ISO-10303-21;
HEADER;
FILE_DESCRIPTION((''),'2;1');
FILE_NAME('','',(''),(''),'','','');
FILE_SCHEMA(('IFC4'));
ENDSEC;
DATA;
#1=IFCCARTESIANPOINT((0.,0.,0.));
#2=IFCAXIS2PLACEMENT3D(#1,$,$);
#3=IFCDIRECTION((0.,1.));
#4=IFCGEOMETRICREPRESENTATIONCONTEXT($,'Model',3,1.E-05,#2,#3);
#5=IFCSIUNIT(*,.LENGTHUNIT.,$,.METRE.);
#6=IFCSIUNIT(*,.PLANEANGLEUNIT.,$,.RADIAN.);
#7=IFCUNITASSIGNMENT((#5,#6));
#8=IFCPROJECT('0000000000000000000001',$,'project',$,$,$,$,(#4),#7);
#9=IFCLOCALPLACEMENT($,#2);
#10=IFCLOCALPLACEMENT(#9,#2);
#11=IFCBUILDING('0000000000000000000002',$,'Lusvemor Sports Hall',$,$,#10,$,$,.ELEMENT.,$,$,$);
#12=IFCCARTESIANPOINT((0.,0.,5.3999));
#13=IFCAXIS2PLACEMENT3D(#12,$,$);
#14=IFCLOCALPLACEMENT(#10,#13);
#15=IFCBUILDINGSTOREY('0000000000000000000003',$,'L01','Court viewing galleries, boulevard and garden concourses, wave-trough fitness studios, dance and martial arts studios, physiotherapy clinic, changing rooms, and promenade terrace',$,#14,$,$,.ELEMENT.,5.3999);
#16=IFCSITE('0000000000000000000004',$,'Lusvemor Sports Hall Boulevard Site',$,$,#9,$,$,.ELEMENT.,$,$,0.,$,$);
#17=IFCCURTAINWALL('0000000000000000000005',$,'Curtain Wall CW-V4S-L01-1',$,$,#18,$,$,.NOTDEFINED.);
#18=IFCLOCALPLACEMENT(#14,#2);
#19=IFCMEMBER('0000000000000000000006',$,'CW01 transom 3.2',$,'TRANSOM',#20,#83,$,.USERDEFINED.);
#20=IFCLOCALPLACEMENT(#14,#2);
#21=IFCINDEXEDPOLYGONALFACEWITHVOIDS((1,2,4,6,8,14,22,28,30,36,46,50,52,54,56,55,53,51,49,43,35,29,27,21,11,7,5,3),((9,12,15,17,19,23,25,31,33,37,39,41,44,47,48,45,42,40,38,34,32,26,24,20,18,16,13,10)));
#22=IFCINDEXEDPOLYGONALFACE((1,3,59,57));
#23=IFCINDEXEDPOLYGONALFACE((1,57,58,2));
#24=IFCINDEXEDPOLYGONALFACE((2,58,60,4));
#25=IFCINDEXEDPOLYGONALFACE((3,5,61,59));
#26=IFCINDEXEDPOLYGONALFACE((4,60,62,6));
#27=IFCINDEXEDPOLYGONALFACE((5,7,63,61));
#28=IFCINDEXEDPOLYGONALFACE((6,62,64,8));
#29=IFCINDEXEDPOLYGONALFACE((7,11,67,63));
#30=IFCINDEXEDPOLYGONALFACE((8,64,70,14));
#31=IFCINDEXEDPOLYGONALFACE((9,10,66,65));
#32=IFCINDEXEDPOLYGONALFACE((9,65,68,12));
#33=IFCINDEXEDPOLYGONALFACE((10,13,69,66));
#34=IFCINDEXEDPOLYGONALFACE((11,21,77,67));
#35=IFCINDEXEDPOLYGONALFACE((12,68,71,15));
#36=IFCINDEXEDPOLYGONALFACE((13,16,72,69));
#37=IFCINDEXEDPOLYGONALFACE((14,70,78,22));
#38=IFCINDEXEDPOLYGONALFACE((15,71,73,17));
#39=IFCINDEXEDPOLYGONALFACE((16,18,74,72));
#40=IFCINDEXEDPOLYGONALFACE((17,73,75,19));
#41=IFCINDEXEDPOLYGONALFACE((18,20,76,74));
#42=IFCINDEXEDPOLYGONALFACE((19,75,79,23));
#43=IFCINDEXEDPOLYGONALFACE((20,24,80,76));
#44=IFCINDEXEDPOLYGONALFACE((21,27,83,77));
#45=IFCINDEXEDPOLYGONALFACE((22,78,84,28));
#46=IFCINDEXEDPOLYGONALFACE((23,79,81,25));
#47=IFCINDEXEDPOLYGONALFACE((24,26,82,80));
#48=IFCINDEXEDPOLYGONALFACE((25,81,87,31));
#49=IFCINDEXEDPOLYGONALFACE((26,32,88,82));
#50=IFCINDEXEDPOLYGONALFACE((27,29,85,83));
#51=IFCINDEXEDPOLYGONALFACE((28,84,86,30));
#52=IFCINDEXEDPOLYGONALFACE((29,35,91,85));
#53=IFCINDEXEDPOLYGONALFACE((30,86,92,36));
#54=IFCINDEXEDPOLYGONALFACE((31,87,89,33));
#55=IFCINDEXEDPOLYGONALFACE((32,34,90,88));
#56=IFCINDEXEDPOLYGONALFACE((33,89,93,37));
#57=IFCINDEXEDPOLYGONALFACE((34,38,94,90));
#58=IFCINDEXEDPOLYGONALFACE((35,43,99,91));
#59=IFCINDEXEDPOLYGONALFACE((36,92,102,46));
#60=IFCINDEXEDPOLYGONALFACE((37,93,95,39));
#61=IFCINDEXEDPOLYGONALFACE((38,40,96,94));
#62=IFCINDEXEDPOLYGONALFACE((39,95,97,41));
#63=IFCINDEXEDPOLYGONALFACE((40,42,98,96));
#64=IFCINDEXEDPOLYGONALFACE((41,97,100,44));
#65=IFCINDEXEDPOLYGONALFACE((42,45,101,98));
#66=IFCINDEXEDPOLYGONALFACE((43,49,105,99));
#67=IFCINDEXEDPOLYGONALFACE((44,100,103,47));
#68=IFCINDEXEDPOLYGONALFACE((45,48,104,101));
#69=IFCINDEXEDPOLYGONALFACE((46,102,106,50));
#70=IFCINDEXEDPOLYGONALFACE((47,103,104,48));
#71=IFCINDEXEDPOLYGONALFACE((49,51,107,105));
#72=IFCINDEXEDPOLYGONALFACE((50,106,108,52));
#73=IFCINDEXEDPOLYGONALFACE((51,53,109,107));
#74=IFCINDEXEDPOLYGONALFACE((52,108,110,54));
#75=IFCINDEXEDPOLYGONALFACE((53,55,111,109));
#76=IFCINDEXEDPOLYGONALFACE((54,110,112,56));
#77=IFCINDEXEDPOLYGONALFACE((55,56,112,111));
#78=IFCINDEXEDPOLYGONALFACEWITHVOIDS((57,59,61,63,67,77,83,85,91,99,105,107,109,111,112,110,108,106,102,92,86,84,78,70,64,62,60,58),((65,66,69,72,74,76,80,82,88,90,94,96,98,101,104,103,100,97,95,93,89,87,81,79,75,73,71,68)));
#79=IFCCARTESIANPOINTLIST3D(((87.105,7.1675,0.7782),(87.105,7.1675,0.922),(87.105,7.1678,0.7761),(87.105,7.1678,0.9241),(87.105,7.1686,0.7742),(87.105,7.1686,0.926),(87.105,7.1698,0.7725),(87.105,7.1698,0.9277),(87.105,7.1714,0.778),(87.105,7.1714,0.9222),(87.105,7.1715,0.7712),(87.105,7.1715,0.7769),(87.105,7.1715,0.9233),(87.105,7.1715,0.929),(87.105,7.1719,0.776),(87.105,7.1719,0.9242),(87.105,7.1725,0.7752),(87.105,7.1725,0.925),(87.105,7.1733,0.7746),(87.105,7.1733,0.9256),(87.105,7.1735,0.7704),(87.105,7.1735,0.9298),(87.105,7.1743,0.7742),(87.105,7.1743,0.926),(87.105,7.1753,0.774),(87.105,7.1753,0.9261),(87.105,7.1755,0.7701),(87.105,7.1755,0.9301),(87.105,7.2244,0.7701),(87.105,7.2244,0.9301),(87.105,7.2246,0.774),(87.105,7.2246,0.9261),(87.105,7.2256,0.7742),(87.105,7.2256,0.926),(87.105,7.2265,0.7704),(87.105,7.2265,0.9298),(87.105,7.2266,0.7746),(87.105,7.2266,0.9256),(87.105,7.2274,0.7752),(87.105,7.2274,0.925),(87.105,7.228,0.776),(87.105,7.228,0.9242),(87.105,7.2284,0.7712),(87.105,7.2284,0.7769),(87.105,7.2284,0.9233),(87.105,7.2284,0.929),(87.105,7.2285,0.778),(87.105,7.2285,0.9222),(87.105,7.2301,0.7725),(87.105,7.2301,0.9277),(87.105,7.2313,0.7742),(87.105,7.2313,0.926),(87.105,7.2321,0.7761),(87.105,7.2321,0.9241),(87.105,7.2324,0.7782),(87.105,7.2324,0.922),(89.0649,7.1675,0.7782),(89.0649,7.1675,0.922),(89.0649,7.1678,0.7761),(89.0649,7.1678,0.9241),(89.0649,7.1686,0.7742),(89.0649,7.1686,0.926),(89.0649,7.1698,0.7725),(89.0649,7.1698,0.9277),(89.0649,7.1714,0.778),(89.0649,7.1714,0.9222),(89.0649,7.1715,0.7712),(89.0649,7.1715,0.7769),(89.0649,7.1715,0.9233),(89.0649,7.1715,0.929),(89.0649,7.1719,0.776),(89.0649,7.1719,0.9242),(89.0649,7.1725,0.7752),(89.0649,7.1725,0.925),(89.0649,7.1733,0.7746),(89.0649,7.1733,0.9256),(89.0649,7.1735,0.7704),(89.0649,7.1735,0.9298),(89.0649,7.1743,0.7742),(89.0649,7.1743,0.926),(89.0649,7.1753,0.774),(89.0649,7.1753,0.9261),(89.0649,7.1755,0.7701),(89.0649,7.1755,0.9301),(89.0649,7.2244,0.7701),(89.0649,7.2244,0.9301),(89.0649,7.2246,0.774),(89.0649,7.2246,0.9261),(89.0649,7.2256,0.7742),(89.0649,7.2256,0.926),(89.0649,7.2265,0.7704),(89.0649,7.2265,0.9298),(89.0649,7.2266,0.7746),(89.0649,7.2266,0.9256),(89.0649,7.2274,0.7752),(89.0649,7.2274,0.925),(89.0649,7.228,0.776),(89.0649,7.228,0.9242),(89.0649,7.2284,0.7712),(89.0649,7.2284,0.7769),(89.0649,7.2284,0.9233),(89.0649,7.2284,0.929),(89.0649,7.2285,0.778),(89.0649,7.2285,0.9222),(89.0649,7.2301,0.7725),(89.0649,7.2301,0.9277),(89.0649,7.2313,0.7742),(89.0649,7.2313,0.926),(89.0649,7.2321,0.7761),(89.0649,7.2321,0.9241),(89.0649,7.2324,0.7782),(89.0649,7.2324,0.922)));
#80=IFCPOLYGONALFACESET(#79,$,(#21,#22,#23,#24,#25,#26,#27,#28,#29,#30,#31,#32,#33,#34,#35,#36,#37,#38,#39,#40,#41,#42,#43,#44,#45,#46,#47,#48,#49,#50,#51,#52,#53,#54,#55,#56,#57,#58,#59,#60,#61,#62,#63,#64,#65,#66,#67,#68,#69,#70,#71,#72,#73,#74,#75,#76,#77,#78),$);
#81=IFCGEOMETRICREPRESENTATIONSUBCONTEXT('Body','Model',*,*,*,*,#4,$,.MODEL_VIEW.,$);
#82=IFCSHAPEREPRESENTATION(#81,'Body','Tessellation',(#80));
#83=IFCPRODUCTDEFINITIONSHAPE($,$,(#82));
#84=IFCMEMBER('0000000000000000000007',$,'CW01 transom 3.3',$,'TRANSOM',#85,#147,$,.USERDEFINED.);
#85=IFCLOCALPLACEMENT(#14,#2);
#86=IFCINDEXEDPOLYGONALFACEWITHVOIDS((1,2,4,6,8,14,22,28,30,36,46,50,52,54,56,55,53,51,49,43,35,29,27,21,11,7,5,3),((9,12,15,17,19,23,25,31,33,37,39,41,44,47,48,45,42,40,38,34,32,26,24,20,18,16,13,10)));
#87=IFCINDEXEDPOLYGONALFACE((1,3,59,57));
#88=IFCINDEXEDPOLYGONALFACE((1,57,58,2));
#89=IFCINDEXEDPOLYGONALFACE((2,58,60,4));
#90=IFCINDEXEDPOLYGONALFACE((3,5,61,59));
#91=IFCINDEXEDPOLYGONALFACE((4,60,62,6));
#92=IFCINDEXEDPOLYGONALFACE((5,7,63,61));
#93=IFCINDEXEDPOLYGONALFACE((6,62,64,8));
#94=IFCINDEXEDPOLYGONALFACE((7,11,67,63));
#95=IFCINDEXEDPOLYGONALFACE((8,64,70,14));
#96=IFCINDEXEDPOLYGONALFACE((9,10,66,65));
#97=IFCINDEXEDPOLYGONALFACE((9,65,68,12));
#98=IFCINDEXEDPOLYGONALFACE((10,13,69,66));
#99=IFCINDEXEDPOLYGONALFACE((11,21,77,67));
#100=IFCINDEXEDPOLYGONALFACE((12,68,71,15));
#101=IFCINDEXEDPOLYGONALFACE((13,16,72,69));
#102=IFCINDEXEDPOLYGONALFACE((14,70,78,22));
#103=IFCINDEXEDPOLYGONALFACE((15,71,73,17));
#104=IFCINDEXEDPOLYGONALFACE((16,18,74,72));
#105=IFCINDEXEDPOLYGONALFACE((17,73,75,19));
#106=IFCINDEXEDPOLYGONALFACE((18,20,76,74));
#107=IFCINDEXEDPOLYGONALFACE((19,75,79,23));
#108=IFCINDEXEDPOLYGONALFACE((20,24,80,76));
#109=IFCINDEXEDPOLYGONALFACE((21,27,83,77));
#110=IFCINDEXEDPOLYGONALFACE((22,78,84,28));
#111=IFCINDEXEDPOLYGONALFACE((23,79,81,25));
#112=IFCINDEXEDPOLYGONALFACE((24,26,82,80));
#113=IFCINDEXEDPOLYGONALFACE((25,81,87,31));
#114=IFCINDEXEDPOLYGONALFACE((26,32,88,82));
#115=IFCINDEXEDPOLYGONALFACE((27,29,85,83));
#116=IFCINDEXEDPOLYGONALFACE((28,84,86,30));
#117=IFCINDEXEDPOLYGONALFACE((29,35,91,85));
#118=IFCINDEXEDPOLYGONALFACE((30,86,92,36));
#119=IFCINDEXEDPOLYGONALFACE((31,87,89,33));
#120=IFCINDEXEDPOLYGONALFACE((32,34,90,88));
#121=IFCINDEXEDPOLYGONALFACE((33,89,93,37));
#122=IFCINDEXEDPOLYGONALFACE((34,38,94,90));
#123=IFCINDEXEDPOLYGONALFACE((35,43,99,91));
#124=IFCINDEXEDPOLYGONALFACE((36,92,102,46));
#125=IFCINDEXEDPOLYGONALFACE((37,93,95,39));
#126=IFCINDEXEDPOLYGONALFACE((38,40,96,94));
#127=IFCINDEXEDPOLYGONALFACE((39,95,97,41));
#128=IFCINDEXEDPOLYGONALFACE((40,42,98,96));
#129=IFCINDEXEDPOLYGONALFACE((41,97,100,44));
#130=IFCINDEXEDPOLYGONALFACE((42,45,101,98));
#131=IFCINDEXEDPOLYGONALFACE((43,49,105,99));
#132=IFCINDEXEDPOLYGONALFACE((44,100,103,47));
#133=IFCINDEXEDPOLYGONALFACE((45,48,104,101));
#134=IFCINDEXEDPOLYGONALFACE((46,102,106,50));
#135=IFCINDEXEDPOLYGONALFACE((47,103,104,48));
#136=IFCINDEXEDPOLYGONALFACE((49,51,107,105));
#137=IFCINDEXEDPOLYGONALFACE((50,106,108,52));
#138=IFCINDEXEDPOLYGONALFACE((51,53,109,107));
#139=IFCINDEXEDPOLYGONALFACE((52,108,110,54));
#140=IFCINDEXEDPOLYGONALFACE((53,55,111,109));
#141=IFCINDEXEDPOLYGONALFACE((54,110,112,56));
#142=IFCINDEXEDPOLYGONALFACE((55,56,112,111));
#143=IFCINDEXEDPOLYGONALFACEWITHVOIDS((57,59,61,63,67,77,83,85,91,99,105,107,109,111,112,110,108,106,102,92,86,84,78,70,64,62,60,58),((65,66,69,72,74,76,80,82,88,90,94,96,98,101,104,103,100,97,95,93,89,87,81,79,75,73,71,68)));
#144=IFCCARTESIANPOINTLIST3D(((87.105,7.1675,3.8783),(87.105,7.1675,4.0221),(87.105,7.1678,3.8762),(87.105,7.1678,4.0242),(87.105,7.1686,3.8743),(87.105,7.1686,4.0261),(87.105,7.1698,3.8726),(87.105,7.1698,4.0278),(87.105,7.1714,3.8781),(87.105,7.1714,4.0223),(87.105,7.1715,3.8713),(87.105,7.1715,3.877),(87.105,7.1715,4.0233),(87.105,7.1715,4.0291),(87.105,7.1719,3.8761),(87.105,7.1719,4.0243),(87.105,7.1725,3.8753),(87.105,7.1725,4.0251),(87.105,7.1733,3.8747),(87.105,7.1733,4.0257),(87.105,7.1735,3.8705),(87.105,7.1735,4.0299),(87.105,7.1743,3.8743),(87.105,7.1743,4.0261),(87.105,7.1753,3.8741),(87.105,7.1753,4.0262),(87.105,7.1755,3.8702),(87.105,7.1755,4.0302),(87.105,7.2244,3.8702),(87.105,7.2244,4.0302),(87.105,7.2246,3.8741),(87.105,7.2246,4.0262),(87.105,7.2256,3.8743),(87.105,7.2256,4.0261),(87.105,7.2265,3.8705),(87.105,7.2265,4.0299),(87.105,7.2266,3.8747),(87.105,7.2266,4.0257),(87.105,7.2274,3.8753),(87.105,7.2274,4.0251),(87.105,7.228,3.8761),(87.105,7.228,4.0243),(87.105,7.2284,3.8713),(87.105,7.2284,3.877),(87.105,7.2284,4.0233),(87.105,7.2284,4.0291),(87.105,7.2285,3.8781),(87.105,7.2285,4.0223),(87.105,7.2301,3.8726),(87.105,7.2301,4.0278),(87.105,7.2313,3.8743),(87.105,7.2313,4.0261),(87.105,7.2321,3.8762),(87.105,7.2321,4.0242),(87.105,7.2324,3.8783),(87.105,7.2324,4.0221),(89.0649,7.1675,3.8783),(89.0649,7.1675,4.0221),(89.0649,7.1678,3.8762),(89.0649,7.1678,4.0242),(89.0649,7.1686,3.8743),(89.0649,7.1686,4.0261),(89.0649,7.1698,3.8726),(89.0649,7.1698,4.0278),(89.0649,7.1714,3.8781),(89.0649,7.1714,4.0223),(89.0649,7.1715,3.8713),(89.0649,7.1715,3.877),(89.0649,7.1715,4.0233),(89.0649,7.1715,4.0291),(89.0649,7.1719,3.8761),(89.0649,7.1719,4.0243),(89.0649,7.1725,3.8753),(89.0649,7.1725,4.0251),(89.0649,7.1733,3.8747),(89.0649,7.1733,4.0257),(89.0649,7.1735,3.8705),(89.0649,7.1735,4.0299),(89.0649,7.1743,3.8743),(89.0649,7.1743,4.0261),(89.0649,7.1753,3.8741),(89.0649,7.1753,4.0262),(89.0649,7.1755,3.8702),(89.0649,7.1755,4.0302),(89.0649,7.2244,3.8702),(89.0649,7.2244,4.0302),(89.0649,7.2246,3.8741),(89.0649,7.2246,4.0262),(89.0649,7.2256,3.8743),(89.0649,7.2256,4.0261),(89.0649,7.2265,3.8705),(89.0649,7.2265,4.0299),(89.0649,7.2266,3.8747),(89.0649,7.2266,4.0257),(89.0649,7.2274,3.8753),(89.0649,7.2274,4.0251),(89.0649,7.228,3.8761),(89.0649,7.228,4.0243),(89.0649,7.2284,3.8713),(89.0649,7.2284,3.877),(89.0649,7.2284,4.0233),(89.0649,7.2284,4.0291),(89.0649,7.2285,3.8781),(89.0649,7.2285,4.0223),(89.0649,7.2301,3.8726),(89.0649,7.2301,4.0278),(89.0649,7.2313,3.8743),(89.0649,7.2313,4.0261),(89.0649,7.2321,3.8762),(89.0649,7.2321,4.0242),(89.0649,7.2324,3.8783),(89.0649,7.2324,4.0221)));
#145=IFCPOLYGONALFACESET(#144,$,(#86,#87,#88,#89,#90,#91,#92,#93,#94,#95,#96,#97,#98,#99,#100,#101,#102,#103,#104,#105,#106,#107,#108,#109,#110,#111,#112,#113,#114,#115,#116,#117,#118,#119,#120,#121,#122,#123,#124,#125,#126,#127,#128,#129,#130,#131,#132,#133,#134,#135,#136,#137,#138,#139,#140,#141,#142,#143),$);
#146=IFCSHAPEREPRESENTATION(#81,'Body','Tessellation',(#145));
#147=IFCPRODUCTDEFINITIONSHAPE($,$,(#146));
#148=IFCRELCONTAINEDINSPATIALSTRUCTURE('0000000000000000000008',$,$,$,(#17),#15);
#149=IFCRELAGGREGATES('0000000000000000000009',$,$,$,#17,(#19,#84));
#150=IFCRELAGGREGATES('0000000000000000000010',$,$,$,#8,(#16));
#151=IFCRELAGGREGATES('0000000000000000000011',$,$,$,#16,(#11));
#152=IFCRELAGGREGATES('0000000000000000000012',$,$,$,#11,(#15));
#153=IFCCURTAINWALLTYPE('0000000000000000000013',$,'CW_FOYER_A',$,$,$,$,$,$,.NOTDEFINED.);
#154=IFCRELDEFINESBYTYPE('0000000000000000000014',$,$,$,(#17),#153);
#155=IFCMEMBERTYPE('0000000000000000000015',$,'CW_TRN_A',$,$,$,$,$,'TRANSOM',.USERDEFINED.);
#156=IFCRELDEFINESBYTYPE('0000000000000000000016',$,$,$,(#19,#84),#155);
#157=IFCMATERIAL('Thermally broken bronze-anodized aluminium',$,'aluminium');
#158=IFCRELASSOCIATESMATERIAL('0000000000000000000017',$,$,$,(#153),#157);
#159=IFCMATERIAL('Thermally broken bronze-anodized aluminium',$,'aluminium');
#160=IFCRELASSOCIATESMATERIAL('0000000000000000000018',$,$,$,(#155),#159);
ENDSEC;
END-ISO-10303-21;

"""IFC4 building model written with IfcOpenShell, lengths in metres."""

from ifc_helpers import new_model, si_unit, direction, frame, origin, origin_2d, place, context, subcontext, project, spatial, hollow_rectangle, extrude, material, material_profile, profile_set, type_object, element, aggregate, save


model = new_model("IFC4")

# Units and contexts
model_context = context("Model", 3, precision=1e-05, world=origin(), true_north=direction((0.0, 1.0)))
body_context = subcontext(model_context, "Body", "Model", "MODEL_VIEW")
ifc_project = project(units=[si_unit("LENGTHUNIT", "METRE"), si_unit("PLANEANGLEUNIT", "RADIAN")], contexts=[model_context])

# Site, building, storey
site_placement = place(None, origin())
site = spatial("IfcSite", under=ifc_project, at=site_placement, Name="Lusvemor Sports Hall Boulevard Site", CompositionType="ELEMENT", RefElevation=0.0)
building_placement = place(site_placement, origin())
building = spatial("IfcBuilding", under=site, at=building_placement, Name="Lusvemor Sports Hall", CompositionType="ELEMENT")
storey_placement = place(building_placement, frame((0.0, 0.0, 5.3999)))
storey = spatial("IfcBuildingStorey", under=building, at=storey_placement, Name="L01", Description="Court viewing galleries, boulevard and garden concourses, wave-trough fitness studios, dance and martial arts studios, physiotherapy clinic, changing rooms, and promenade terrace", CompositionType="ELEMENT", Elevation=5.3999)

# Curtain wall, members
ifc_material_1 = material(Name="Thermally broken bronze-anodized aluminium", Category="aluminium")
curtain_wall_type = type_object("IfcCurtainWallType", Name="CW_FOYER_A", PredefinedType="NOTDEFINED", material=ifc_material_1)
curtain_wall_placement = place(storey_placement, origin())
curtain_wall = element("IfcCurtainWall", 1, at=curtain_wall_placement, inside=storey, type_object=curtain_wall_type, Name="Curtain Wall CW-V4S-L01-1", PredefinedType="NOTDEFINED")
ifc_material_2 = material(Name="Thermally broken bronze-anodized aluminium", Category="aluminium")
ifc_material_profile_1 = material_profile(ifc_material_2, hollow_rectangle(XDim=0.0649, YDim=0.1599, WallThickness=0.0039, InnerFilletRadius=0.0039, OuterFilletRadius=0.0081, at=origin_2d()), Name="CWTRN160x65x4")
ifc_profile_set_1 = profile_set([ifc_material_profile_1], Name="Thermally broken bronze-anodized aluminium")
member_type_1 = type_object("IfcMemberType", Name="CW_TRN_A", ElementType="TRANSOM", PredefinedType="USERDEFINED", material=ifc_profile_set_1)
member_1_placement = place(storey_placement, frame((89.0649, 7.2, 0.8501), z_axis=(-1.0, 0.0, 0.0), x_axis=(0.0, -1.0, 0.0)))
member_1 = element("IfcMember", 2, at=member_1_placement, type_object=member_type_1, Name="CW01 transom 3.2", ObjectType="TRANSOM", PredefinedType="USERDEFINED", context=body_context, shape_type="SweptSolid", body=[
    extrude(hollow_rectangle(XDim=0.0649, YDim=0.1599, WallThickness=0.0039, InnerFilletRadius=0.0039, OuterFilletRadius=0.0081, at=origin_2d()), origin(), (0.0, 0.0, 1.0), 1.96),
])
member_2_placement = place(storey_placement, frame((89.0649, 7.2, 3.9502), z_axis=(-1.0, 0.0, 0.0), x_axis=(0.0, -1.0, 0.0)))
member_2 = element("IfcMember", 3, at=member_2_placement, type_object=member_type_1, Name="CW01 transom 3.3", ObjectType="TRANSOM", PredefinedType="USERDEFINED", context=body_context, shape_type="SweptSolid", body=[
    extrude(hollow_rectangle(XDim=0.0649, YDim=0.1599, WallThickness=0.0039, InnerFilletRadius=0.0039, OuterFilletRadius=0.0081, at=origin_2d()), origin(), (0.0, 0.0, 1.0), 1.96),
])

aggregate(curtain_wall, [member_1, member_2])

save(model, "model.ifc")
